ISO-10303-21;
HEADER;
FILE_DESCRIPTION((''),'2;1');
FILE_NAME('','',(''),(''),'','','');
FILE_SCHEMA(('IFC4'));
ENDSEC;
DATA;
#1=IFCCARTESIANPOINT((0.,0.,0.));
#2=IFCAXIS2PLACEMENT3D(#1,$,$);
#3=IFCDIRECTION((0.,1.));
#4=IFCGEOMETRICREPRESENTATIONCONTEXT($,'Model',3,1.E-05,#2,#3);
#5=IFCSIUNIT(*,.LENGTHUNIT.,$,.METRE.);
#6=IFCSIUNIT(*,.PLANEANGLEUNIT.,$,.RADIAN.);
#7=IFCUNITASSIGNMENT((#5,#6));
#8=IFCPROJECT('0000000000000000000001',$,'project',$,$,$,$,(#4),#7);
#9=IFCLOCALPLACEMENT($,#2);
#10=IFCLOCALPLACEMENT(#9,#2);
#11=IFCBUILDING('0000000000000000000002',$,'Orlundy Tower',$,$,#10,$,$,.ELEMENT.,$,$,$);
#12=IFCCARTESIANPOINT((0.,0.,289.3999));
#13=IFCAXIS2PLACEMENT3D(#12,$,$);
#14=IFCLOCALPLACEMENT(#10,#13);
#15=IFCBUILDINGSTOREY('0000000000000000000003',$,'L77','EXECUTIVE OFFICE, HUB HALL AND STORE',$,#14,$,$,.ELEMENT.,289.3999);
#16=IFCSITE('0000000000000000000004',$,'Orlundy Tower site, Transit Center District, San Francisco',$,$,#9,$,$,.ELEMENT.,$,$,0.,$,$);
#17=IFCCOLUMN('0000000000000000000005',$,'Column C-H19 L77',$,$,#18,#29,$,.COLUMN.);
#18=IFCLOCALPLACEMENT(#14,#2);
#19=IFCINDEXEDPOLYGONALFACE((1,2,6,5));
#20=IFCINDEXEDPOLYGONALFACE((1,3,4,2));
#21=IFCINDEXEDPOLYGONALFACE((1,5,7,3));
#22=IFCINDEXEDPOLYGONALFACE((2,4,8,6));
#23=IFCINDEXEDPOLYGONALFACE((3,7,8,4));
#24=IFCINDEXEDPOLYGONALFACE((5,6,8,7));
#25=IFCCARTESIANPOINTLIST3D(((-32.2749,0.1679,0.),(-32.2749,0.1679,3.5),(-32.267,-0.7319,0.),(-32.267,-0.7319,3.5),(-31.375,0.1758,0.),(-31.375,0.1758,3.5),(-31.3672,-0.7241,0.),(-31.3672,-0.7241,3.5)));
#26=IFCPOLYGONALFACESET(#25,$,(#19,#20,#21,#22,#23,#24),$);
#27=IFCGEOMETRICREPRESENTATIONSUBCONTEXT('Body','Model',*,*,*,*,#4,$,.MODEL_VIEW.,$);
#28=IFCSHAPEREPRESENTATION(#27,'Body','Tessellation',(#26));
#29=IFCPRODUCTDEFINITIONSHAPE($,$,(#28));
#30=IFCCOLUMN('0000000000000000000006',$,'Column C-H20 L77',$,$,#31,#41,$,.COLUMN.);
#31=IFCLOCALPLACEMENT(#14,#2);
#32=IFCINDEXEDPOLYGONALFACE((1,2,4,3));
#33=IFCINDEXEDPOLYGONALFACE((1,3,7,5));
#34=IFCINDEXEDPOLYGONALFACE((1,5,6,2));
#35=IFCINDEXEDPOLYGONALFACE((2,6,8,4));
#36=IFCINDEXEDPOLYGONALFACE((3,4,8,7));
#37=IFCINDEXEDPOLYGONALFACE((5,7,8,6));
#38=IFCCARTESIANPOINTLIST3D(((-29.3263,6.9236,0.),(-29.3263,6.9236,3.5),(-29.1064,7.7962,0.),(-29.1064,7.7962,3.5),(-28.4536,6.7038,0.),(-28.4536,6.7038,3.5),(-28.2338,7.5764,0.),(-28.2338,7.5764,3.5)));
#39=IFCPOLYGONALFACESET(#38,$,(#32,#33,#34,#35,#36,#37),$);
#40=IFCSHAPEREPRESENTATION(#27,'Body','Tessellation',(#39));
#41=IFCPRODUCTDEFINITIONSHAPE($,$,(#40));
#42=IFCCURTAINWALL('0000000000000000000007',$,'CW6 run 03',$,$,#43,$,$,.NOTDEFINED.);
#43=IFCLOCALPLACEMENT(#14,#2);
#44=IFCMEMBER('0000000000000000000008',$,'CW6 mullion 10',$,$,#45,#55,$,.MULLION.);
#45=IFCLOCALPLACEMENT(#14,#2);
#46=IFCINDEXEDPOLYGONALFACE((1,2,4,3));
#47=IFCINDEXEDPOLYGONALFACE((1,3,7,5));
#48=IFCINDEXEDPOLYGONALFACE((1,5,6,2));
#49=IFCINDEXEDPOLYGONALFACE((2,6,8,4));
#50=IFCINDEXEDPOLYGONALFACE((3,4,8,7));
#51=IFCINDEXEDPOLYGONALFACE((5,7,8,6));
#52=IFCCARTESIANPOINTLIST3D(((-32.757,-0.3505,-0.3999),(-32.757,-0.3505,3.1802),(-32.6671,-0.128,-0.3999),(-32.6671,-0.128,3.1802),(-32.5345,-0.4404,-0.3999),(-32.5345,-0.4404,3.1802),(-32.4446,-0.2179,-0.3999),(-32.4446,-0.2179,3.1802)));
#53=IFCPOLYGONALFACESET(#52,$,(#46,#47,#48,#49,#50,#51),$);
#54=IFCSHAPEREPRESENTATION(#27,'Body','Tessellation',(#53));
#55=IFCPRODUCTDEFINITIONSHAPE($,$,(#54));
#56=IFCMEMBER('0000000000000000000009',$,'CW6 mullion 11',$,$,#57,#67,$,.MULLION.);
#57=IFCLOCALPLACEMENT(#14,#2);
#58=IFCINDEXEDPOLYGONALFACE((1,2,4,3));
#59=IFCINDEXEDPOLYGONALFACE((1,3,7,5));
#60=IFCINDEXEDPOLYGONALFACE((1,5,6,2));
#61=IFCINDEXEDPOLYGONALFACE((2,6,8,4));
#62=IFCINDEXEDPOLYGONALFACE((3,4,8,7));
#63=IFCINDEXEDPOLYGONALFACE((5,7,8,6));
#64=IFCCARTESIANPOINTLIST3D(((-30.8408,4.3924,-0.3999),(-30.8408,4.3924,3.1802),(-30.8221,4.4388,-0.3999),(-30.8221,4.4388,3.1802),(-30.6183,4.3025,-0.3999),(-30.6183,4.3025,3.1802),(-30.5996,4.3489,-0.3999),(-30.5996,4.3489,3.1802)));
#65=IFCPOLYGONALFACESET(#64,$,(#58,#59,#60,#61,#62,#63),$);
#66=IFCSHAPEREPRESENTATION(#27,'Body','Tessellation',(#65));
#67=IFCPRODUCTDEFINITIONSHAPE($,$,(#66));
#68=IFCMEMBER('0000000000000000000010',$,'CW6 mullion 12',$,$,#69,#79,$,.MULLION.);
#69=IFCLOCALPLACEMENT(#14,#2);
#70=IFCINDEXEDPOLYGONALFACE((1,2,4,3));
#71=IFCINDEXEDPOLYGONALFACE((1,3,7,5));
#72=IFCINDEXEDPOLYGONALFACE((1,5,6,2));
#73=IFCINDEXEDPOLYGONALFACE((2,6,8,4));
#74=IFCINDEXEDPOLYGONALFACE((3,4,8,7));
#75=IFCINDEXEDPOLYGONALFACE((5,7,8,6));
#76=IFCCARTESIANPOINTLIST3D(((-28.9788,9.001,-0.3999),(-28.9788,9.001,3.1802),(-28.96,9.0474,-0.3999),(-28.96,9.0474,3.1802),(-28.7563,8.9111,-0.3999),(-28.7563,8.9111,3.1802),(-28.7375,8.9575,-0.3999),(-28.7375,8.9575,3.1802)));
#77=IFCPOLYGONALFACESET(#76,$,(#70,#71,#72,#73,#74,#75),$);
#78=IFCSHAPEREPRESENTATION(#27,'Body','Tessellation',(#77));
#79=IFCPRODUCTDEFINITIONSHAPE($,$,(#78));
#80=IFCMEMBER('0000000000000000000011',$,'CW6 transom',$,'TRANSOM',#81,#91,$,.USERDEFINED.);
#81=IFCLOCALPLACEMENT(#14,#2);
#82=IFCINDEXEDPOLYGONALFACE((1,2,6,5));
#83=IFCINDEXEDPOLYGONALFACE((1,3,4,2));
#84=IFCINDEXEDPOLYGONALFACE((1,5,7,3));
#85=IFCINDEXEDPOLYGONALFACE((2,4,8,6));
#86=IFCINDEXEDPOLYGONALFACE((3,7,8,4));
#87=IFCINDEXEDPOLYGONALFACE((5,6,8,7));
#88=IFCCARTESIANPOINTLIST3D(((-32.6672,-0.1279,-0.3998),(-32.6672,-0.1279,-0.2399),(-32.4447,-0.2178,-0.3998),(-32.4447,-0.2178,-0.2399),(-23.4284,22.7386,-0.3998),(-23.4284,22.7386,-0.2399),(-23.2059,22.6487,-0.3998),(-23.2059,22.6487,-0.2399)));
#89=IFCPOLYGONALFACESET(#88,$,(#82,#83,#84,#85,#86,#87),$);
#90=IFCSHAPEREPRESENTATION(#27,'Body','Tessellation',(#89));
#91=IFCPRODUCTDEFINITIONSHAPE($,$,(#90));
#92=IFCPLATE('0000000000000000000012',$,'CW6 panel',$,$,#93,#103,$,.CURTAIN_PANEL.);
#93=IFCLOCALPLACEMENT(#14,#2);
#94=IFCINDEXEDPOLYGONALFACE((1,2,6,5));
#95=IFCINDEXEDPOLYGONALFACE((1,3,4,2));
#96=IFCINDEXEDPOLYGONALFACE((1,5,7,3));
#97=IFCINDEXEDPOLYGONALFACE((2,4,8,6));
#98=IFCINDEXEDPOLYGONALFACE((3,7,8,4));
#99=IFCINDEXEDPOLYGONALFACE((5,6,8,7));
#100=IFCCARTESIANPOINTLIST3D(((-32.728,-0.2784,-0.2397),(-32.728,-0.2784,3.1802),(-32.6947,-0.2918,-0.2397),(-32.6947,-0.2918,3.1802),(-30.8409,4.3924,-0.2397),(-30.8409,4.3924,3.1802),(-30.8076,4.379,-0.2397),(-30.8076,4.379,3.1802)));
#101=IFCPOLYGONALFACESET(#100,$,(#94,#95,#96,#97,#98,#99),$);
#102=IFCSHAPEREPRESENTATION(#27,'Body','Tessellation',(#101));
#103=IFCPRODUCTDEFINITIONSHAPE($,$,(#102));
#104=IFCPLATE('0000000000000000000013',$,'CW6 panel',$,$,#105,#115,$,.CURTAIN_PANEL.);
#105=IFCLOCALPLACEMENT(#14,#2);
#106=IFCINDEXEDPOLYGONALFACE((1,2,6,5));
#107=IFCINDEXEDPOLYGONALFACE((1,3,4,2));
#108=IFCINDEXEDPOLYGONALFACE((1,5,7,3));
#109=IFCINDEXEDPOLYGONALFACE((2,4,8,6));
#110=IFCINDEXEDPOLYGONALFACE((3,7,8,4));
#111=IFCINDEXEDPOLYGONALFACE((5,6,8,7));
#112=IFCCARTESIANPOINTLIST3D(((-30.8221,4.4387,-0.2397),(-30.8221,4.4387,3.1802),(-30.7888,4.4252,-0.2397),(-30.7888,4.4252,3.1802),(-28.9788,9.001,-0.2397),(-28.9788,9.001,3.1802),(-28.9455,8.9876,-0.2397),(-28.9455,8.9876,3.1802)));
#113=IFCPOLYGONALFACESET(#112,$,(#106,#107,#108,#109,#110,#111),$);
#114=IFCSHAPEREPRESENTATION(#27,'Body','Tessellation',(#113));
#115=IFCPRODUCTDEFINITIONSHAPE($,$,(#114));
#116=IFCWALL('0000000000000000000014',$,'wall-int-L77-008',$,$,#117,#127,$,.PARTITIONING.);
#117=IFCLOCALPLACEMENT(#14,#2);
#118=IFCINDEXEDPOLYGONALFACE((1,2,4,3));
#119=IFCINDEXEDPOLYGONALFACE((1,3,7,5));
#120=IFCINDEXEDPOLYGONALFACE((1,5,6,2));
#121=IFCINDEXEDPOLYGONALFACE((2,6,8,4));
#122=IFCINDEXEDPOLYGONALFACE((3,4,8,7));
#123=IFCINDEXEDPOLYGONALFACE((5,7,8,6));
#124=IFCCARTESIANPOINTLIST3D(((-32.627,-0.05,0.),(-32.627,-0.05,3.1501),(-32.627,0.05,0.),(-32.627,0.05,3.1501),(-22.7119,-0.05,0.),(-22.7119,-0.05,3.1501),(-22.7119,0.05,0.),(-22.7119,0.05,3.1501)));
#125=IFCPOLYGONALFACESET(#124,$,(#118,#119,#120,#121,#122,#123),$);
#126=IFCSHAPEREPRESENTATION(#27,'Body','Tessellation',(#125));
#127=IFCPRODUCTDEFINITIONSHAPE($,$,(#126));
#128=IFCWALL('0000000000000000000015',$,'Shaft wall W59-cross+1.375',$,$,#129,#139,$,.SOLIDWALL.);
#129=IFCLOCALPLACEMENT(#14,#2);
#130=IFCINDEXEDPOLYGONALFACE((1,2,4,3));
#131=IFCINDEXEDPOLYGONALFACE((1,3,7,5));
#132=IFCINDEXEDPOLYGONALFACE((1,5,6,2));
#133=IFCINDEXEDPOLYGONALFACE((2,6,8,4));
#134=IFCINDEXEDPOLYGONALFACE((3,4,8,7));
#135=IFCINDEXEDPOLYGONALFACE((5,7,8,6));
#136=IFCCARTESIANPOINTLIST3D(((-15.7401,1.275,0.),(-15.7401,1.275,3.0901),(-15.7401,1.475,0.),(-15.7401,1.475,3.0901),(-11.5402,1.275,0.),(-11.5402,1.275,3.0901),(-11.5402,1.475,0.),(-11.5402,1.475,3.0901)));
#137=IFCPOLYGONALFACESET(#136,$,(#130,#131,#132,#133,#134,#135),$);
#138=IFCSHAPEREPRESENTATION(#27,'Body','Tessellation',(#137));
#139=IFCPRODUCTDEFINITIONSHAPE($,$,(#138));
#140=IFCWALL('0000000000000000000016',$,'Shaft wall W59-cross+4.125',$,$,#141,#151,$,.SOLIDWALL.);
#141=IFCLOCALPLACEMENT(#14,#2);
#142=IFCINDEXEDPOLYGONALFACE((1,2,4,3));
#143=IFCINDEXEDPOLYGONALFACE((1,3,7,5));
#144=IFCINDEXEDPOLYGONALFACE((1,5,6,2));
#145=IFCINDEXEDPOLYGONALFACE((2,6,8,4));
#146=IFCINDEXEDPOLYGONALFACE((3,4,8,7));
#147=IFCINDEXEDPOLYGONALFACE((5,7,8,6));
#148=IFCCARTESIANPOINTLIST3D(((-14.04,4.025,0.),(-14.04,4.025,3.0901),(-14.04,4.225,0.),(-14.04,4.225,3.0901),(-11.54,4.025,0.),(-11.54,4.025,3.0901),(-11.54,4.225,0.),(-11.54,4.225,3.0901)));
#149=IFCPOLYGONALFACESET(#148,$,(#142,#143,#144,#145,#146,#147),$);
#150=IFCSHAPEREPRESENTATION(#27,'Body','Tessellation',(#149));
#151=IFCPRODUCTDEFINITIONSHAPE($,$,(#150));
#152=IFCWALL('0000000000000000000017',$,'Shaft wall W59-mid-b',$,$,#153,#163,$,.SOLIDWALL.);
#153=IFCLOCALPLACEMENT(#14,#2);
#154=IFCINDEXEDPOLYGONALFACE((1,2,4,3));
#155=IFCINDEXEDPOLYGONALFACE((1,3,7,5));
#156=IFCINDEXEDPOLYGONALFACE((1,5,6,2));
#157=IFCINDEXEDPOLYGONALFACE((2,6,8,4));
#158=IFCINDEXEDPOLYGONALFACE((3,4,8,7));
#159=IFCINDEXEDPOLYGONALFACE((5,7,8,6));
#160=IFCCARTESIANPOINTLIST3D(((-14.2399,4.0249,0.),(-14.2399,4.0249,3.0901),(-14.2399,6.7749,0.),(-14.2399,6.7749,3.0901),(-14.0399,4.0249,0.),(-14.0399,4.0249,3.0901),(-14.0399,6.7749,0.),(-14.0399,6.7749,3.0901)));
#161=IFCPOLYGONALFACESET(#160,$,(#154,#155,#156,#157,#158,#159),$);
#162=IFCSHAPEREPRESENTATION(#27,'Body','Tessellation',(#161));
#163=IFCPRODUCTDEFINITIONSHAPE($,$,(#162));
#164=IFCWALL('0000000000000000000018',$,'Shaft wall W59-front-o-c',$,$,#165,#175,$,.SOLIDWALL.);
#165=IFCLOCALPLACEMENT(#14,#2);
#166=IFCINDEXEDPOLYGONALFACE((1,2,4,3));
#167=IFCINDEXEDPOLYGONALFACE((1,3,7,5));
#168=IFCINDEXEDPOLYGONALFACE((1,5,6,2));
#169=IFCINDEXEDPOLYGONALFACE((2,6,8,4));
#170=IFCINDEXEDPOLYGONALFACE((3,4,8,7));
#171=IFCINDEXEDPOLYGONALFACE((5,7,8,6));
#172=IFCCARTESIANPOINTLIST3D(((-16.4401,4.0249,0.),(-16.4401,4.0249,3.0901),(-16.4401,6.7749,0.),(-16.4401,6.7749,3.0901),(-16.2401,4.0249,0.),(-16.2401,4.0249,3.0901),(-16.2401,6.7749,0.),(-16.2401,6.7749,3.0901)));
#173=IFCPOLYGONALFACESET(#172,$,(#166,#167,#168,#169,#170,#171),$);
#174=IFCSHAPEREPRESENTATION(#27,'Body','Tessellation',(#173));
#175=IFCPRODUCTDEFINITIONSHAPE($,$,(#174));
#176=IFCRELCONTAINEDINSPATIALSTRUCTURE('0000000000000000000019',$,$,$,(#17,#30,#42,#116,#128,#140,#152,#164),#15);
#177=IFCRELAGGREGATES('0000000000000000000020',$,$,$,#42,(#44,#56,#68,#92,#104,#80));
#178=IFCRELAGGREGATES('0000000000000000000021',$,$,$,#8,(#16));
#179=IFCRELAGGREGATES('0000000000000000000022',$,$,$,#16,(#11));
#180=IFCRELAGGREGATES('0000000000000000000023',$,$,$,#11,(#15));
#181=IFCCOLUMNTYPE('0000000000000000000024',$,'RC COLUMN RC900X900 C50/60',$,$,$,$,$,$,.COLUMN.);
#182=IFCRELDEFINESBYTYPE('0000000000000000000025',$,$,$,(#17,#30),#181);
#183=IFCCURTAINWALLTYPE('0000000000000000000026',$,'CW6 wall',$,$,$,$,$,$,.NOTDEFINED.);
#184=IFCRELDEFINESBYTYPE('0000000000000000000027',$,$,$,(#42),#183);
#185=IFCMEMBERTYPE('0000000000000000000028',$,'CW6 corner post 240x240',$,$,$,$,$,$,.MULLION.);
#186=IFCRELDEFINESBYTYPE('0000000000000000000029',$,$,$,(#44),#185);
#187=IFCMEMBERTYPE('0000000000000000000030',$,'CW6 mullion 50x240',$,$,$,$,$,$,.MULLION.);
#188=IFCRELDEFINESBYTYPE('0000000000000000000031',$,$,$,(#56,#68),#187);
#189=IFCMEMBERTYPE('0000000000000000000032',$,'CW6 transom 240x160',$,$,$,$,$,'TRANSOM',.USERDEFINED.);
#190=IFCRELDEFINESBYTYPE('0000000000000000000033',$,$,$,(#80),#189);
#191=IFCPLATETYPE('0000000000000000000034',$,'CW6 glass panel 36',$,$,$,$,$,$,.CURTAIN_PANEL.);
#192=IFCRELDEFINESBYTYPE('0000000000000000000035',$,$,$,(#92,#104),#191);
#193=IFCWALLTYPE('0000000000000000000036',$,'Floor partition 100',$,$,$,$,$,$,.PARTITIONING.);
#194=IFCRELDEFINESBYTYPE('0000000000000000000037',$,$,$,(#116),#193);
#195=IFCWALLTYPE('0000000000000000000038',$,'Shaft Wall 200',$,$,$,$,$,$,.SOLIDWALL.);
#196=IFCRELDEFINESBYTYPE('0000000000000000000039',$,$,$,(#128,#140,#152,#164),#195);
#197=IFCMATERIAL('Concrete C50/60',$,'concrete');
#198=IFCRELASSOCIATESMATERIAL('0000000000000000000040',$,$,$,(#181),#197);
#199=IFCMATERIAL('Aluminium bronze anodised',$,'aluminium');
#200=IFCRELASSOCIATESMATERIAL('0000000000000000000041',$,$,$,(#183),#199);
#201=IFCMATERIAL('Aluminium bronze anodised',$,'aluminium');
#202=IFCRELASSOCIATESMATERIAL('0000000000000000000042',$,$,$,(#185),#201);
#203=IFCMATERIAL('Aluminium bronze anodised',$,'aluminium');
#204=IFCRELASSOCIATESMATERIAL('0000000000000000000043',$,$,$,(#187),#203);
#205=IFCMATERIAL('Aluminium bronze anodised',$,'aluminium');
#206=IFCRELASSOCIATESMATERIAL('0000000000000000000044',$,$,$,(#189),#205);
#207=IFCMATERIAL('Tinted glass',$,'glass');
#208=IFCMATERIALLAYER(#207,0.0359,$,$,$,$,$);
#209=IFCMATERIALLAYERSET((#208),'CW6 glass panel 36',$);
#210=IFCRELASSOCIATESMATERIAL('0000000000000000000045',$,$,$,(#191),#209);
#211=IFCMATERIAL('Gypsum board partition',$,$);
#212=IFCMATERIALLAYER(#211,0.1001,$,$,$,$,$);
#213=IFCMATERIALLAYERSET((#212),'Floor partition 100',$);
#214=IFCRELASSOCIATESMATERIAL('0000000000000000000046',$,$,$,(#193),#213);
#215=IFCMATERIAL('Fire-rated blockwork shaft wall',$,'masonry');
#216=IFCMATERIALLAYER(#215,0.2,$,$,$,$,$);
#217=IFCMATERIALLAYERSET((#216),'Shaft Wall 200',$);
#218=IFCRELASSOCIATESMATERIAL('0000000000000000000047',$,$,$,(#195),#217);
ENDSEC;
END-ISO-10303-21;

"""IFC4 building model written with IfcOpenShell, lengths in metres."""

from ifc_helpers import new_model, si_unit, direction, frame, frame_2d, origin, origin_2d, place, context, subcontext, project, spatial, rectangle, extrude, material, layer, layer_set, material_profile, profile_set, type_object, element, aggregate, save


model = new_model("IFC4")

# Units and contexts
model_context = context("Model", 3, precision=1e-05, world=origin(), true_north=direction((0.0, 1.0)))
body_context = subcontext(model_context, "Body", "Model", "MODEL_VIEW")
ifc_project = project(units=[si_unit("LENGTHUNIT", "METRE"), si_unit("PLANEANGLEUNIT", "RADIAN")], contexts=[model_context])

# Site, building, storey
site_placement = place(None, origin())
site = spatial("IfcSite", under=ifc_project, at=site_placement, Name="Orlundy Tower site, Transit Center District, San Francisco", CompositionType="ELEMENT", RefElevation=0.0)
building_placement = place(site_placement, origin())
building = spatial("IfcBuilding", under=site, at=building_placement, Name="Orlundy Tower", CompositionType="ELEMENT")
storey_placement = place(building_placement, frame((0.0, 0.0, 289.3999)))
storey = spatial("IfcBuildingStorey", under=building, at=storey_placement, Name="L77", Description="EXECUTIVE OFFICE, HUB HALL AND STORE", CompositionType="ELEMENT", Elevation=289.3999)

# Columns
ifc_material_1 = material(Name="Concrete C50/60", Category="concrete")
ifc_material_profile_1 = material_profile(ifc_material_1, rectangle(XDim=0.8999, YDim=0.8999, at=origin_2d()), Name="RC900X900")
ifc_profile_set_1 = profile_set([ifc_material_profile_1], Name="Concrete C50/60")
column_type = type_object("IfcColumnType", Name="RC COLUMN RC900X900 C50/60", PredefinedType="COLUMN", material=ifc_profile_set_1)
for number, where, z_axis, x_axis, name in (
    (1, (-31.821, -0.2781, 0.0), (0.0, 0.0, 1.0), (-0.999962, -0.008744, 0.0), "Column C-H19 L77"),
    (2, (-28.78, 7.25, 0.0), (0.0, 0.0, 1.0), (-0.969706, 0.244275, 0.0), "Column C-H20 L77"),
):
    element("IfcColumn", number, at=place(storey_placement, frame(where, z_axis=z_axis, x_axis=x_axis)), inside=storey, type_object=column_type, Name=name, PredefinedType="COLUMN", context=body_context, shape_type="SweptSolid", body=[
        extrude(rectangle(XDim=0.8999, YDim=0.8999, at=origin_2d()), origin(), (0.0, 0.0, 1.0), 3.5),
    ])

# Curtain wall, members, plates
ifc_material_2 = material(Name="Aluminium bronze anodised", Category="aluminium")
curtain_wall_type = type_object("IfcCurtainWallType", Name="CW6 wall", PredefinedType="NOTDEFINED", material=ifc_material_2)
curtain_wall_placement = place(storey_placement, origin())
curtain_wall = element("IfcCurtainWall", 3, at=curtain_wall_placement, inside=storey, type_object=curtain_wall_type, Name="CW6 run 03", PredefinedType="NOTDEFINED")
ifc_material_3 = material(Name="Aluminium bronze anodised", Category="aluminium")
ifc_material_profile_2 = material_profile(ifc_material_3, rectangle(XDim=0.24, YDim=0.24, at=origin_2d()), Name="CW6 corner post 240x240")
ifc_profile_set_2 = profile_set([ifc_material_profile_2], Name="Aluminium bronze anodised")
member_type_1 = type_object("IfcMemberType", Name="CW6 corner post 240x240", PredefinedType="MULLION", material=ifc_profile_set_2)
member_1_placement = place(storey_placement, frame((-32.6008, -0.2842, -0.3999), z_axis=(0.0, 0.0, 1.0), x_axis=(-0.927184, 0.374607, 0.0)))
member_1 = element("IfcMember", 4, at=member_1_placement, type_object=member_type_1, Name="CW6 mullion 10", PredefinedType="MULLION", context=body_context, shape_type="SweptSolid", body=[
    extrude(rectangle(XDim=0.24, YDim=0.24, at=origin_2d()), origin(), (0.0, 0.0, 1.0), 3.5801),
])
ifc_material_4 = material(Name="Aluminium bronze anodised", Category="aluminium")
ifc_material_profile_3 = material_profile(ifc_material_4, rectangle(XDim=0.24, YDim=0.05, at=origin_2d()), Name="CW6 mullion 50x240")
ifc_profile_set_3 = profile_set([ifc_material_profile_3], Name="Aluminium bronze anodised")
member_type_2 = type_object("IfcMemberType", Name="CW6 mullion 50x240", PredefinedType="MULLION", material=ifc_profile_set_3)
member_2_placement = place(storey_placement, frame((-30.7202, 4.3706, -0.3999), z_axis=(0.0, 0.0, 1.0), x_axis=(-0.927184, 0.374607, 0.0)))
member_2 = element("IfcMember", 5, at=member_2_placement, type_object=member_type_2, Name="CW6 mullion 11", PredefinedType="MULLION", context=body_context, shape_type="SweptSolid", body=[
    extrude(rectangle(XDim=0.24, YDim=0.05, at=origin_2d()), origin(), (0.0, 0.0, 1.0), 3.5801),
])
member_3_placement = place(storey_placement, frame((-28.8582, 8.9792, -0.3999), z_axis=(0.0, 0.0, 1.0), x_axis=(-0.927184, 0.374607, 0.0)))
member_3 = element("IfcMember", 6, at=member_3_placement, type_object=member_type_2, Name="CW6 mullion 12", PredefinedType="MULLION", context=body_context, shape_type="SweptSolid", body=[
    extrude(rectangle(XDim=0.24, YDim=0.05, at=origin_2d()), origin(), (0.0, 0.0, 1.0), 3.5801),
])
ifc_material_5 = material(Name="Aluminium bronze anodised", Category="aluminium")
ifc_material_profile_4 = material_profile(ifc_material_5, rectangle(XDim=0.24, YDim=0.1599, at=origin_2d()), Name="CW6 transom 240x160")
ifc_profile_set_4 = profile_set([ifc_material_profile_4], Name="Aluminium bronze anodised")
member_type_3 = type_object("IfcMemberType", Name="CW6 transom 240x160", ElementType="TRANSOM", PredefinedType="USERDEFINED", material=ifc_profile_set_4)
member_4_placement = place(storey_placement, frame((-32.5559, -0.1729, -0.3198), z_axis=(0.374611, 0.927182, 0.0), x_axis=(-0.927182, 0.374611, 0.0)))
member_4 = element("IfcMember", 7, at=member_4_placement, type_object=member_type_3, Name="CW6 transom", ObjectType="TRANSOM", PredefinedType="USERDEFINED", context=body_context, shape_type="SweptSolid", body=[
    extrude(rectangle(XDim=0.24, YDim=0.1599, at=origin_2d()), origin(), (0.0, 0.0, 1.0), 24.6624),
])
ifc_material_6 = material(Name="Tinted glass", Category="glass")
ifc_layer_1 = layer(ifc_material_6, 0.0359)
ifc_layer_set_1 = layer_set([ifc_layer_1], Name="CW6 glass panel 36")
plate_type = type_object("IfcPlateType", Name="CW6 glass panel 36", PredefinedType="CURTAIN_PANEL", material=ifc_layer_set_1)
plate_1_placement = place(storey_placement, frame((-31.7678, 2.0503, -0.2397), z_axis=(0.0, 0.0, 1.0), x_axis=(0.374607, 0.927184, 0.0)))
plate_1 = element("IfcPlate", 8, at=plate_1_placement, type_object=plate_type, Name="CW6 panel", PredefinedType="CURTAIN_PANEL", context=body_context, shape_type="SweptSolid", body=[
    extrude(rectangle(XDim=5.0376, YDim=0.0359, at=origin_2d()), origin(), (0.0, 0.0, 1.0), 3.4199),
])
plate_2_placement = place(storey_placement, frame((-29.8838, 6.7131, -0.2397), z_axis=(0.0, 0.0, 1.0), x_axis=(0.374607, 0.927184, 0.0)))
plate_2 = element("IfcPlate", 9, at=plate_2_placement, type_object=plate_type, Name="CW6 panel", PredefinedType="CURTAIN_PANEL", context=body_context, shape_type="SweptSolid", body=[
    extrude(rectangle(XDim=4.9207, YDim=0.0359, at=origin_2d()), origin(), (0.0, 0.0, 1.0), 3.4199),
])
aggregate(curtain_wall, [member_1, member_2, member_3, plate_1, plate_2, member_4])

# Walls
ifc_material_7 = material(Name="Gypsum board partition")
ifc_layer_2 = layer(ifc_material_7, 0.1001)
ifc_layer_set_2 = layer_set([ifc_layer_2], Name="Floor partition 100")
wall_type_1 = type_object("IfcWallType", Name="Floor partition 100", PredefinedType="PARTITIONING", material=ifc_layer_set_2)
wall_1_placement = place(storey_placement, frame((-32.627, 0.0, 0.0), z_axis=(0.0, 0.0, 1.0), x_axis=(1.0, 0.0, 0.0)))
element("IfcWall", 10, at=wall_1_placement, inside=storey, type_object=wall_type_1, Name="wall-int-L77-008", PredefinedType="PARTITIONING", context=body_context, shape_type="SweptSolid", body=[
    extrude(rectangle(XDim=9.915, YDim=0.1001, at=frame_2d((4.9575, 0.0))), origin(), (0.0, 0.0, 1.0), 3.1501),
])
ifc_material_8 = material(Name="Fire-rated blockwork shaft wall", Category="masonry")
ifc_layer_3 = layer(ifc_material_8, 0.2)
ifc_layer_set_3 = layer_set([ifc_layer_3], Name="Shaft Wall 200")
wall_type_2 = type_object("IfcWallType", Name="Shaft Wall 200", PredefinedType="SOLIDWALL", material=ifc_layer_set_3)
wall_2_placement = place(storey_placement, frame((-11.54, 1.375, 0.0), z_axis=(0.0, 0.0, 1.0), x_axis=(-1.0, 0.0, 0.0)))
element("IfcWall", 11, at=wall_2_placement, inside=storey, type_object=wall_type_2, Name="Shaft wall W59-cross+1.375", PredefinedType="SOLIDWALL", context=body_context, shape_type="SweptSolid", body=[
    extrude(rectangle(XDim=4.2, YDim=0.2, at=frame_2d((2.1001, 0.0))), origin(), (0.0, 0.0, 1.0), 3.0901),
])
wall_3_placement = place(storey_placement, frame((-11.54, 4.125, 0.0), z_axis=(0.0, 0.0, 1.0), x_axis=(-1.0, 0.0, 0.0)))
element("IfcWall", 12, at=wall_3_placement, inside=storey, type_object=wall_type_2, Name="Shaft wall W59-cross+4.125", PredefinedType="SOLIDWALL", context=body_context, shape_type="SweptSolid", body=[
    extrude(rectangle(XDim=2.5, YDim=0.2, at=frame_2d((1.25, 0.0))), origin(), (0.0, 0.0, 1.0), 3.0901),
])
for number, where, z_axis, x_axis, name in (
    (13, (-14.1399, 4.0249, 0.0), (0.0, 0.0, 1.0), (0.0, 1.0, 0.0), "Shaft wall W59-mid-b"),
    (14, (-16.3401, 4.0249, 0.0), (0.0, 0.0, 1.0), (0.0, 1.0, 0.0), "Shaft wall W59-front-o-c"),
):
    element("IfcWall", number, at=place(storey_placement, frame(where, z_axis=z_axis, x_axis=x_axis)), inside=storey, type_object=wall_type_2, Name=name, PredefinedType="SOLIDWALL", context=body_context, shape_type="SweptSolid", body=[
        extrude(rectangle(XDim=2.75, YDim=0.2, at=frame_2d((1.375, 0.0))), origin(), (0.0, 0.0, 1.0), 3.0901),
    ])

save(model, "model.ifc")
